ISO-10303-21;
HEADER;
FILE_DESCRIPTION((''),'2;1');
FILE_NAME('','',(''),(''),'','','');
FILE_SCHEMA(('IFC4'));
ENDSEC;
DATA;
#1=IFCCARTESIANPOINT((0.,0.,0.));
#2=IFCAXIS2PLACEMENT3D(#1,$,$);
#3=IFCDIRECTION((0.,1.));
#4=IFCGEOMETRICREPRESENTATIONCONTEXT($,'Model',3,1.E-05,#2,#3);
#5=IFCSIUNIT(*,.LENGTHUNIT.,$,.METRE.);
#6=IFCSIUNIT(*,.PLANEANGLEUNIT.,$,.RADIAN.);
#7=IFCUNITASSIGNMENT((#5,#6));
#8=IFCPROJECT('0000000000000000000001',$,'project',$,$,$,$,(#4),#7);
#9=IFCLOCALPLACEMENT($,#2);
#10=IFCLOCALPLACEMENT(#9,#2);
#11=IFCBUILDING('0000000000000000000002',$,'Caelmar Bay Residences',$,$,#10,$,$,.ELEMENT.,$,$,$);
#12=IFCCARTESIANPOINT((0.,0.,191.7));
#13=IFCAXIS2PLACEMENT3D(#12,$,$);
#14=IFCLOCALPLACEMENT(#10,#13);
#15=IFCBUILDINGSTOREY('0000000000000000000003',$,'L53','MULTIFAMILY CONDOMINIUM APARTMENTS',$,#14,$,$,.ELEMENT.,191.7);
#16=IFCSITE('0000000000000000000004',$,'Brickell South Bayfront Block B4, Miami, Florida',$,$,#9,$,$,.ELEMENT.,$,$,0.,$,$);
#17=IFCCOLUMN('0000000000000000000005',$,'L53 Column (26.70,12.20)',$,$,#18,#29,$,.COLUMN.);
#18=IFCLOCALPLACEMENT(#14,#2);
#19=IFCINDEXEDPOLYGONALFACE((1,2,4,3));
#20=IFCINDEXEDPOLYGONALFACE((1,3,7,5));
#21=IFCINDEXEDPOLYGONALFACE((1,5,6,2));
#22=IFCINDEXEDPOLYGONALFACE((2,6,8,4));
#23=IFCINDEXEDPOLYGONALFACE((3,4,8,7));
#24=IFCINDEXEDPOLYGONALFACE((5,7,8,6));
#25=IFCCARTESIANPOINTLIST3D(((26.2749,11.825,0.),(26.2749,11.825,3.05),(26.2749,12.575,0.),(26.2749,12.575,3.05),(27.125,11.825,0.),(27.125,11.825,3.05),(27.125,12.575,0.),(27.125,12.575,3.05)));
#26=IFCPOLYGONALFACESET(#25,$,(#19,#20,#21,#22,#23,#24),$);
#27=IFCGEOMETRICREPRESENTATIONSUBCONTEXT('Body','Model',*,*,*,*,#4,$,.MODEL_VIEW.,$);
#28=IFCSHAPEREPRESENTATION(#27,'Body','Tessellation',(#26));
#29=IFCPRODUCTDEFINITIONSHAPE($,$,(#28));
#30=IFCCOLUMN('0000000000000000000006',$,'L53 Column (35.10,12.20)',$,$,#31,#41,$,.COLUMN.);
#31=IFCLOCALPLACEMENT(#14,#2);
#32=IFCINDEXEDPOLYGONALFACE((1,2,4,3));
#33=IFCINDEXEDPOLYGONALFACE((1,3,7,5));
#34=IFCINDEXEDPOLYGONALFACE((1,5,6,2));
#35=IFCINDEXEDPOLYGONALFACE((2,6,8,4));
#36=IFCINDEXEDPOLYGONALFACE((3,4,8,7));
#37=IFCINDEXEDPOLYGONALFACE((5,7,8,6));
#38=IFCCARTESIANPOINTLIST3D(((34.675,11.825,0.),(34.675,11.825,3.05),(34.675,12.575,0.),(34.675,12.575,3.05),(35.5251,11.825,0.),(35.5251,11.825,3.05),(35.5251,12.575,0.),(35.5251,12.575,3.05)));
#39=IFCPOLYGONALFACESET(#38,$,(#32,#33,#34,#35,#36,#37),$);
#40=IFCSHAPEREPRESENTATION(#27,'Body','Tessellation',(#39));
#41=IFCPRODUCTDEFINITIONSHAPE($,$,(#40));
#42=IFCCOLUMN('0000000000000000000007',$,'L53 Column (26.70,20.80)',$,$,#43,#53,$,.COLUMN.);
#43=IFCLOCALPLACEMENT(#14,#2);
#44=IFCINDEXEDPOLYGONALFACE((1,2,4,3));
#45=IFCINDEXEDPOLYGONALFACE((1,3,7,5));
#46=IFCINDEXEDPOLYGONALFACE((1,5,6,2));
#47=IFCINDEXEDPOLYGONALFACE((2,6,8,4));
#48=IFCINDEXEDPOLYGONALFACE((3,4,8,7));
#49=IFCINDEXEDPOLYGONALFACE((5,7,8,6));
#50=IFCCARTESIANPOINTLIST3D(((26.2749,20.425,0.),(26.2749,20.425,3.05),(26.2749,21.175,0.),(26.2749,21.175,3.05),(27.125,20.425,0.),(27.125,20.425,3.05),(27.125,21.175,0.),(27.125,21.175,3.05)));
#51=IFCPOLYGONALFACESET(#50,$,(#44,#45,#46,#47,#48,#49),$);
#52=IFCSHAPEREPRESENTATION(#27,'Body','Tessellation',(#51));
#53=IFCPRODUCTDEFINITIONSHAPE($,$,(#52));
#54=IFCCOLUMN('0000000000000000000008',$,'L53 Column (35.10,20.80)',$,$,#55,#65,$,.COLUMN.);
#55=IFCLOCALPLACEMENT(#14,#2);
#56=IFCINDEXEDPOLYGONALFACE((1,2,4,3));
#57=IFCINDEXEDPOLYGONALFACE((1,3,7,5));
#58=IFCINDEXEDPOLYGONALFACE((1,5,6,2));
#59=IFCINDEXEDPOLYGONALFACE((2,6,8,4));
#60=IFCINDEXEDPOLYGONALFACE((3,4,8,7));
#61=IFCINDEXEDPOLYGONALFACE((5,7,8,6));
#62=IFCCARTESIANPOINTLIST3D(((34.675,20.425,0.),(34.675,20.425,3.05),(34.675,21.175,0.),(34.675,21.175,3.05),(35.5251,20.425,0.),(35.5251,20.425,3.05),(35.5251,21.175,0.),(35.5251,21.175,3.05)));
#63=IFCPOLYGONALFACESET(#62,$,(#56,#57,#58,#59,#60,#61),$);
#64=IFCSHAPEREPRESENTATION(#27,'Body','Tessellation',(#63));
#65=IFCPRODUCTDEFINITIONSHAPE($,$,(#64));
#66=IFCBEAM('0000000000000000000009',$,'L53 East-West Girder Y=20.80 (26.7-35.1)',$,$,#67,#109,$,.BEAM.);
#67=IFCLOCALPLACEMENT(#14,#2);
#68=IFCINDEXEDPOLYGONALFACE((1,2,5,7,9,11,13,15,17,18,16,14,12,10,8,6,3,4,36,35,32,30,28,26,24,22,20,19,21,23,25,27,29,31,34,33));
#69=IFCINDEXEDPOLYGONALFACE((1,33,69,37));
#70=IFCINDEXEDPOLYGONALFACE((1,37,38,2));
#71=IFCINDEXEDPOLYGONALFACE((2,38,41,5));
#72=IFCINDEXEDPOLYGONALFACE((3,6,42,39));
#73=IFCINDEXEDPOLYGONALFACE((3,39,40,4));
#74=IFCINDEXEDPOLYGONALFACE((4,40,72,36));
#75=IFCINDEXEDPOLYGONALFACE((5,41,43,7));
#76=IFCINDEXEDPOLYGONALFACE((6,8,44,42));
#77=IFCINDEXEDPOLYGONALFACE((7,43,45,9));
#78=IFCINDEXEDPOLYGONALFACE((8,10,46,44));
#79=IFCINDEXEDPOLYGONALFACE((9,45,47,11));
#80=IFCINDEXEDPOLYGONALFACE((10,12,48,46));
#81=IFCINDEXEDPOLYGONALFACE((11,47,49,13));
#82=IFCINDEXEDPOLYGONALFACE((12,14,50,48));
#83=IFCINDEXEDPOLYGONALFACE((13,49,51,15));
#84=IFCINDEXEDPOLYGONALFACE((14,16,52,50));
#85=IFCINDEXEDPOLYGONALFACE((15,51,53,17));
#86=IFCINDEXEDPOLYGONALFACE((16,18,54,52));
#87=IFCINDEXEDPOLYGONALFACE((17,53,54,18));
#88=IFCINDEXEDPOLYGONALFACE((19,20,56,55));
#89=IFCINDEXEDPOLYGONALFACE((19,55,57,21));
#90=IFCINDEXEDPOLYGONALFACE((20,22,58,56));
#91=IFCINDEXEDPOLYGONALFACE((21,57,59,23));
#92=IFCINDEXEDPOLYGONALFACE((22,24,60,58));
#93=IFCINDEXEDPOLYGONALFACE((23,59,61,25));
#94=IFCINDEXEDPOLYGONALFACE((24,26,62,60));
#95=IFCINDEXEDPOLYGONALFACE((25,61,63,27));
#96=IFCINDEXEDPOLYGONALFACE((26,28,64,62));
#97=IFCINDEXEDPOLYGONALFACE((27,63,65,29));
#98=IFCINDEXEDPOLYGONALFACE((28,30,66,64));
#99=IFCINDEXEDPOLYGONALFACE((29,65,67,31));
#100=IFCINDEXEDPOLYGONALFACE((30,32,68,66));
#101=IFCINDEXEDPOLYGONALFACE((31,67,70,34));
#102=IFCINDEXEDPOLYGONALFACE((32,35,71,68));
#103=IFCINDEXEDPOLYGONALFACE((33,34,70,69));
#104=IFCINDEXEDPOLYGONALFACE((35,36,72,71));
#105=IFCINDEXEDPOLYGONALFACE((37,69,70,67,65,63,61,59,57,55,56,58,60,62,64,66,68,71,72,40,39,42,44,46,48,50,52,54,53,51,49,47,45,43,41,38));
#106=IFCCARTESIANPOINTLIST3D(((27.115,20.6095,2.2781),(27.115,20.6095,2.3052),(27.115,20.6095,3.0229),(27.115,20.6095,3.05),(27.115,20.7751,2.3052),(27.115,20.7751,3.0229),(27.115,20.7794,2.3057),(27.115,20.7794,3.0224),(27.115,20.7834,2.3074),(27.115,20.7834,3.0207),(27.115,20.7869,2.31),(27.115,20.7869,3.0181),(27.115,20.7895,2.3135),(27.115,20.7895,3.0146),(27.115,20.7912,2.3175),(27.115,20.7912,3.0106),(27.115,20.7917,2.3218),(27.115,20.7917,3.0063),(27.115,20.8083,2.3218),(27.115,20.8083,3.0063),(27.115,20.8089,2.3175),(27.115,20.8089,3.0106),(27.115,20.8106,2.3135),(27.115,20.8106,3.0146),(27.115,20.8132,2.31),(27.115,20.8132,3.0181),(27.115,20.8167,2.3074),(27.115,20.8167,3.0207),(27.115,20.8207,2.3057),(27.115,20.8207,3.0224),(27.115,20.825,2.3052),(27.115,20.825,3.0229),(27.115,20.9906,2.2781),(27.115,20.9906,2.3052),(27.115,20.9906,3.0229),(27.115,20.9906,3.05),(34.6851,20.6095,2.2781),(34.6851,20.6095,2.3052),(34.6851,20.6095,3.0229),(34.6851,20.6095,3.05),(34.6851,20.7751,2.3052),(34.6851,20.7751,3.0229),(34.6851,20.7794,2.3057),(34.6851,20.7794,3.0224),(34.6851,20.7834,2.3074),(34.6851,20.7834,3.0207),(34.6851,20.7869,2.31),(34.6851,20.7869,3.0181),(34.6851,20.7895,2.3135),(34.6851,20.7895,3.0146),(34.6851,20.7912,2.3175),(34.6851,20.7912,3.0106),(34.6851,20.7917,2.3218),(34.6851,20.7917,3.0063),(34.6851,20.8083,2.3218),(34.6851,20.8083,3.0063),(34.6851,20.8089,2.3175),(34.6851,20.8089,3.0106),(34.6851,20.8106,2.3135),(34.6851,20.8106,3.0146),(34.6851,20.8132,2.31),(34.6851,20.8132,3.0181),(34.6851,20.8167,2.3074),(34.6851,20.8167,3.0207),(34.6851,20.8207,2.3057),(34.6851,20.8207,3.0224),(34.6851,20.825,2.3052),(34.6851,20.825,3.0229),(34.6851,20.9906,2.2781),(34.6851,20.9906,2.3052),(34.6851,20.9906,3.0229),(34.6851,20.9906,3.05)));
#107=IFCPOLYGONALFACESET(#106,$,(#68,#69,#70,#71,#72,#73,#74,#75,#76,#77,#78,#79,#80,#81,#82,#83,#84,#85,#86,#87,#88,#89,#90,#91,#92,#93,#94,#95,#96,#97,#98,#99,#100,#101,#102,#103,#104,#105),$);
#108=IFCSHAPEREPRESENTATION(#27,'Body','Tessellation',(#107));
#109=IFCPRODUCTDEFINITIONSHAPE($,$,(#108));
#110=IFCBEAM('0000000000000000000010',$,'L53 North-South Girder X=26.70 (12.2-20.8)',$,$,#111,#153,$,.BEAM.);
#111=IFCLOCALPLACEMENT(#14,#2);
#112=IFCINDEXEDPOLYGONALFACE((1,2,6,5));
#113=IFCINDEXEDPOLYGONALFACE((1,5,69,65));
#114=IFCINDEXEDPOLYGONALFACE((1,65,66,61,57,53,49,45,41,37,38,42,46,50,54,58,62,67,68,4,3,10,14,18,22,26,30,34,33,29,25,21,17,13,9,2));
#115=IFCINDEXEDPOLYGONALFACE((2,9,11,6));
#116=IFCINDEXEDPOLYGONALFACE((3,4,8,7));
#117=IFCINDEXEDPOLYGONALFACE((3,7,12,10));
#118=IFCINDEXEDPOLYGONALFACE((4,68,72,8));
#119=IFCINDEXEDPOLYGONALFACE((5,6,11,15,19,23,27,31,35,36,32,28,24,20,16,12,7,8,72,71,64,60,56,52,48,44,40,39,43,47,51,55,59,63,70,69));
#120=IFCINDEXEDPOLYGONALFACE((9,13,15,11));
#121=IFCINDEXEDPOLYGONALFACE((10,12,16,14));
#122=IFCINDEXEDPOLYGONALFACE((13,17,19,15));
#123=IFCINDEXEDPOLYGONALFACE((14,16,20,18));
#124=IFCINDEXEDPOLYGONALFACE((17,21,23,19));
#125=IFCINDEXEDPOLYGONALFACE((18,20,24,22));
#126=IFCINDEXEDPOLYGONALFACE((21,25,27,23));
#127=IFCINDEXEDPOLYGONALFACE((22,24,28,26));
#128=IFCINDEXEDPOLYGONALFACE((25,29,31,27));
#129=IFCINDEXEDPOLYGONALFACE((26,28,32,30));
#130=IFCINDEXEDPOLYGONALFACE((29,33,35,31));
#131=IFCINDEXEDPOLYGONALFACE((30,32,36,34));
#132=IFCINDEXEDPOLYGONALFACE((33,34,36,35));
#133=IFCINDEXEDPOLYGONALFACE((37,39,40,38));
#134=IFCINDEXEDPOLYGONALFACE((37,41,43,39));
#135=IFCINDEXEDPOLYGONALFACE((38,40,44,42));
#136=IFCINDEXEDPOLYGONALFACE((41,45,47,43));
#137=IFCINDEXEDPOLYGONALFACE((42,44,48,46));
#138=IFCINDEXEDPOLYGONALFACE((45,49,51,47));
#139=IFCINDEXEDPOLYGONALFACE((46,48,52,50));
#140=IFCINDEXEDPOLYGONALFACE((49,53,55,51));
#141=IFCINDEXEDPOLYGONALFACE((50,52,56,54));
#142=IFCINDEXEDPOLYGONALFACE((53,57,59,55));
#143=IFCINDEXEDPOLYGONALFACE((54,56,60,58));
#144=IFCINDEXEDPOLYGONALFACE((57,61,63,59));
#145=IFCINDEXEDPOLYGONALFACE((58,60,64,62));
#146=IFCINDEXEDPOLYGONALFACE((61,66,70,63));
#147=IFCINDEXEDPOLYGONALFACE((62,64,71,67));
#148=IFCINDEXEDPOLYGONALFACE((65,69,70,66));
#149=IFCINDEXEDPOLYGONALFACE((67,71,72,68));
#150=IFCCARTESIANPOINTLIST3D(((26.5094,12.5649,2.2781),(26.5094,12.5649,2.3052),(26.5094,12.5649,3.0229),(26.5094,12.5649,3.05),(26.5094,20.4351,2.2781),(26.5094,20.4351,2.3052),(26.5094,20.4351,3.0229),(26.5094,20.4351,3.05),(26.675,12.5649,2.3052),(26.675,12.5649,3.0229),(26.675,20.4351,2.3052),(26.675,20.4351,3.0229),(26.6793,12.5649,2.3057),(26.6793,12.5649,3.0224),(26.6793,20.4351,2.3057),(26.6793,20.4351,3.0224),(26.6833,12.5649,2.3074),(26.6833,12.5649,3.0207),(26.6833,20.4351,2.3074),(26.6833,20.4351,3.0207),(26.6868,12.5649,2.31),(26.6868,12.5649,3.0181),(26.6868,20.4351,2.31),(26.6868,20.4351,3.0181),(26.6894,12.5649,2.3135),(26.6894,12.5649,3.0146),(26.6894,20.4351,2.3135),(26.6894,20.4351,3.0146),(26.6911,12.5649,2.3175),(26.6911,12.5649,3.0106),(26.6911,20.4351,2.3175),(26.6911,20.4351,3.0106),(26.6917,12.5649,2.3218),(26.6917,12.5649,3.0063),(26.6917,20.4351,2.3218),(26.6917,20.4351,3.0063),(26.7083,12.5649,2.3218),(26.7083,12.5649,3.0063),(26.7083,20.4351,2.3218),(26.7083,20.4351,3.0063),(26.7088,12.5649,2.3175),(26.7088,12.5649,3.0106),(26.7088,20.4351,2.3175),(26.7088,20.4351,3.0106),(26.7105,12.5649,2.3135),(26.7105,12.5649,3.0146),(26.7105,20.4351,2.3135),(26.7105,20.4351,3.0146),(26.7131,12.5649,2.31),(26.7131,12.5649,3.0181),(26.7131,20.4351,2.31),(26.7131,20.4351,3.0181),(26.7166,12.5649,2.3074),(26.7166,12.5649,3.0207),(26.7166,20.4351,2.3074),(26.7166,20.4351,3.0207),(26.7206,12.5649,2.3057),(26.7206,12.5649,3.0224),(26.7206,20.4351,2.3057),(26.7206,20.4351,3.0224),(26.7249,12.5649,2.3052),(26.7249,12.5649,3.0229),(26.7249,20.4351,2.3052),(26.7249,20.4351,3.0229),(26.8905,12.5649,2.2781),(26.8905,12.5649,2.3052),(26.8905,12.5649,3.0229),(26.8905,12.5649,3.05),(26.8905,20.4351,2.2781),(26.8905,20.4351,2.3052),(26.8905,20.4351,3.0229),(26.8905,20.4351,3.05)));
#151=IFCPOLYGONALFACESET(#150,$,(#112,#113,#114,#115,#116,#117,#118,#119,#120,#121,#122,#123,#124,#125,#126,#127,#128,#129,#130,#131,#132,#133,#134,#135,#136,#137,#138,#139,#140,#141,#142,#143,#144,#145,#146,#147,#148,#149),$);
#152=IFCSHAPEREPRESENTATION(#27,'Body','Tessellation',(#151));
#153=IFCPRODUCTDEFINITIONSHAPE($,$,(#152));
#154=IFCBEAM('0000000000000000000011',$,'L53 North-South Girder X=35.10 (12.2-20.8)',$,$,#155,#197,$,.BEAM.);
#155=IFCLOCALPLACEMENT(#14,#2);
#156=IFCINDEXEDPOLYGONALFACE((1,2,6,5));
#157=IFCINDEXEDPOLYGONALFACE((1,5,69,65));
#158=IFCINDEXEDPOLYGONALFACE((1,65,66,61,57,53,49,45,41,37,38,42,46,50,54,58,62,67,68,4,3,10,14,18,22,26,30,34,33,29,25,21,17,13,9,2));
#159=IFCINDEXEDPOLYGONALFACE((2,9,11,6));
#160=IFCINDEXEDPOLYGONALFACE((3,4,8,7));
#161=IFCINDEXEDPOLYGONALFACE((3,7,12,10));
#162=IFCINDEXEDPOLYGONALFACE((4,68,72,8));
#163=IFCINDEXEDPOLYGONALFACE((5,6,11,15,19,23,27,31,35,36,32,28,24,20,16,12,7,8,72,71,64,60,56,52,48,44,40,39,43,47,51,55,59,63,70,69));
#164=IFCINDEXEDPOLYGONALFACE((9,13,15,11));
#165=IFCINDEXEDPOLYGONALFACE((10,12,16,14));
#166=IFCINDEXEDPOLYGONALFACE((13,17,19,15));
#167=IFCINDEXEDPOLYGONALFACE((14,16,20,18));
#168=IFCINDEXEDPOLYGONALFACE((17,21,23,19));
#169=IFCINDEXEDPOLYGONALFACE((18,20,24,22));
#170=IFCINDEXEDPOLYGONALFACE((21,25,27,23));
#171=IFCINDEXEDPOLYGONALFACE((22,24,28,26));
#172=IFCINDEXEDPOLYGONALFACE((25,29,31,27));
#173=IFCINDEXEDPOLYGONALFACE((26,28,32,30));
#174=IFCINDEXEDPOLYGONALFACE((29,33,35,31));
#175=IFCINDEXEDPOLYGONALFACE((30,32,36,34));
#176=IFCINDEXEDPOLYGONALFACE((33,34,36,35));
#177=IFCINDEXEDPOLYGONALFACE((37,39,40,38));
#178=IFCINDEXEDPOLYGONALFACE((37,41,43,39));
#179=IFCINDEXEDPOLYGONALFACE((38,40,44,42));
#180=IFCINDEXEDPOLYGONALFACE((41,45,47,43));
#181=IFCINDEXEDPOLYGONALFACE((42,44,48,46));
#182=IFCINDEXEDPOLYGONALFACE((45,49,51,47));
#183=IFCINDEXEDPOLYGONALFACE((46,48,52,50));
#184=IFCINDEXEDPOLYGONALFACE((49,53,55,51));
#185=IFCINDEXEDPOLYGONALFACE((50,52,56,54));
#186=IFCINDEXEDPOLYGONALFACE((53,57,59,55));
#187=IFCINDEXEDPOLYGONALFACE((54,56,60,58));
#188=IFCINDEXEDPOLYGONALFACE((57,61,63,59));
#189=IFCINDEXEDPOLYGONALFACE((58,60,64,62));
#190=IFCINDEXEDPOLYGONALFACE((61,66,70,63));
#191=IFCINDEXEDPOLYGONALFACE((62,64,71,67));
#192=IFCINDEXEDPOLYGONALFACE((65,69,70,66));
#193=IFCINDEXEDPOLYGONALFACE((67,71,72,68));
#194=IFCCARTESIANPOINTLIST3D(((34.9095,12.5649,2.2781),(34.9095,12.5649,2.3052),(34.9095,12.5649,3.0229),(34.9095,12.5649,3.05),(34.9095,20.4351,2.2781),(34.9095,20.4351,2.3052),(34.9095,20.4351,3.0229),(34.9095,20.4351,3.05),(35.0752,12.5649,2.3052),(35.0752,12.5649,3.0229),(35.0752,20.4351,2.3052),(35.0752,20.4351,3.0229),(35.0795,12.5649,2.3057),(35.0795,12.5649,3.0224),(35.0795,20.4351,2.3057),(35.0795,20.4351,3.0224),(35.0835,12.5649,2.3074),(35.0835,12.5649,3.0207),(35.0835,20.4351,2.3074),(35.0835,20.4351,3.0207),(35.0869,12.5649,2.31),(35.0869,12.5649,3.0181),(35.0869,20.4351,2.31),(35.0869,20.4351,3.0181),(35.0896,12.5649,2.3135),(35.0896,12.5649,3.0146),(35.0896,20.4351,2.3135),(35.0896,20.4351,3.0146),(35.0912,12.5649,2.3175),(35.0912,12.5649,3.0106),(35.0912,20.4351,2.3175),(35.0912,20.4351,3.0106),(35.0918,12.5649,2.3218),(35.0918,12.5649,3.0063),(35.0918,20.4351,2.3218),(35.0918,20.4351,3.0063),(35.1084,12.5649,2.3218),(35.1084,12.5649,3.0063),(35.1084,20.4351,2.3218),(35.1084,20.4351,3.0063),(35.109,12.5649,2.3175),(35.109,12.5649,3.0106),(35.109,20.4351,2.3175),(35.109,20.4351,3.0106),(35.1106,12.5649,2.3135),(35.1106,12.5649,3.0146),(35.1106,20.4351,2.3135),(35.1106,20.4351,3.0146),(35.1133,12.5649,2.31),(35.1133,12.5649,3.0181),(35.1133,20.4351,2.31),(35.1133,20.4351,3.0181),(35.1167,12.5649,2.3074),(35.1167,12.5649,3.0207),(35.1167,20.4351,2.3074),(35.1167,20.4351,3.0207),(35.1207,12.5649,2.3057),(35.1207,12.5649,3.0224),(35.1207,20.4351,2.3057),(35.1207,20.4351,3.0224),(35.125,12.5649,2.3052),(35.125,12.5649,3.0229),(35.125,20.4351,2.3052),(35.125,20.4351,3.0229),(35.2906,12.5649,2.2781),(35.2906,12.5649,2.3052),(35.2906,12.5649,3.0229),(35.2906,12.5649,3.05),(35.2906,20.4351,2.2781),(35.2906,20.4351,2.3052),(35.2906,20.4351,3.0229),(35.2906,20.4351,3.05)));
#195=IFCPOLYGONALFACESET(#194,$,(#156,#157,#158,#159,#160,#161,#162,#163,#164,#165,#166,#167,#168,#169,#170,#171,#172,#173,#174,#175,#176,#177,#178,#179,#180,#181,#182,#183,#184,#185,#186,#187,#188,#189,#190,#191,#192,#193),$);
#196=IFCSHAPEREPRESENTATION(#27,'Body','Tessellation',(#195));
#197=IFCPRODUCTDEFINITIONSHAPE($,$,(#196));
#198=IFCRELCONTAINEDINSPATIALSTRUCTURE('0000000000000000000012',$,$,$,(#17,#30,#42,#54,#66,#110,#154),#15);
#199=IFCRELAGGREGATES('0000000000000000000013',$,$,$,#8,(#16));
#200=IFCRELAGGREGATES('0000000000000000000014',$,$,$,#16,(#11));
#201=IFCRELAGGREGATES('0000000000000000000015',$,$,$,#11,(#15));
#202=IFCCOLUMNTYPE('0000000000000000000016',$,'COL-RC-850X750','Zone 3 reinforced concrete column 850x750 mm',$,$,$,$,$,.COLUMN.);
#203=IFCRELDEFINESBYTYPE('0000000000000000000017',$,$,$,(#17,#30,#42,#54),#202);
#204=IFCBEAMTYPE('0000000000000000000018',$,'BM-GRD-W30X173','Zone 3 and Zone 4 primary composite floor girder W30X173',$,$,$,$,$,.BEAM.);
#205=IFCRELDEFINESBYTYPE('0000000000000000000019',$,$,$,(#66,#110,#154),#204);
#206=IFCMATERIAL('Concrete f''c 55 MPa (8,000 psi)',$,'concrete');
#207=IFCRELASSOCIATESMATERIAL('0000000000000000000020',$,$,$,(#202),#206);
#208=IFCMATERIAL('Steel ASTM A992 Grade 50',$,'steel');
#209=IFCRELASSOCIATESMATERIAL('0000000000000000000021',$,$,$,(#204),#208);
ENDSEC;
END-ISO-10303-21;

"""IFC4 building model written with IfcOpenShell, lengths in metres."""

from ifc_helpers import new_model, si_unit, direction, frame, origin, origin_2d, place, context, subcontext, project, spatial, rectangle, i_section, extrude, material, material_profile, profile_set, type_object, element, save


model = new_model("IFC4")

# Units and contexts
model_context = context("Model", 3, precision=1e-05, world=origin(), true_north=direction((0.0, 1.0)))
body_context = subcontext(model_context, "Body", "Model", "MODEL_VIEW")
ifc_project = project(units=[si_unit("LENGTHUNIT", "METRE"), si_unit("PLANEANGLEUNIT", "RADIAN")], contexts=[model_context])

# Site, building, storey
site_placement = place(None, origin())
site = spatial("IfcSite", under=ifc_project, at=site_placement, Name="Brickell South Bayfront Block B4, Miami, Florida", CompositionType="ELEMENT", RefElevation=0.0)
building_placement = place(site_placement, origin())
building = spatial("IfcBuilding", under=site, at=building_placement, Name="Caelmar Bay Residences", CompositionType="ELEMENT")
storey_placement = place(building_placement, frame((0.0, 0.0, 191.7)))
storey = spatial("IfcBuildingStorey", under=building, at=storey_placement, Name="L53", Description="MULTIFAMILY CONDOMINIUM APARTMENTS", CompositionType="ELEMENT", Elevation=191.7)

# Columns
ifc_material_1 = material(Name="Concrete f'c 55 MPa (8,000 psi)", Category="concrete")
ifc_material_profile_1 = material_profile(ifc_material_1, rectangle(XDim=0.8501, YDim=0.75, at=origin_2d()), Name="RC-COL-850X750")
ifc_profile_set_1 = profile_set([ifc_material_profile_1], Name="Concrete f'c 55 MPa (8,000 psi)")
column_type = type_object("IfcColumnType", Name="COL-RC-850X750", Description="Zone 3 reinforced concrete column 850x750 mm", PredefinedType="COLUMN", material=ifc_profile_set_1)
for number, where, z_axis, x_axis, name in (
    (1, (26.7, 12.2, 0.0), (0.0, 0.0, 1.0), (1.0, 0.0, 0.0), "L53 Column (26.70,12.20)"),
    (2, (35.1001, 12.2, 0.0), (0.0, 0.0, 1.0), (1.0, 0.0, 0.0), "L53 Column (35.10,12.20)"),
    (3, (26.7, 20.8, 0.0), (0.0, 0.0, 1.0), (1.0, 0.0, 0.0), "L53 Column (26.70,20.80)"),
    (4, (35.1001, 20.8, 0.0), (0.0, 0.0, 1.0), (1.0, 0.0, 0.0), "L53 Column (35.10,20.80)"),
):
    element("IfcColumn", number, at=place(storey_placement, frame(where, z_axis=z_axis, x_axis=x_axis)), inside=storey, type_object=column_type, Name=name, PredefinedType="COLUMN", context=body_context, shape_type="SweptSolid", body=[
        extrude(rectangle(XDim=0.8501, YDim=0.75, at=origin_2d()), origin(), (0.0, 0.0, 1.0), 3.05),
    ])

# Beams
ifc_material_2 = material(Name="Steel ASTM A992 Grade 50", Category="steel")
ifc_material_profile_2 = material_profile(ifc_material_2, i_section(OverallWidth=0.3811, OverallDepth=0.772, WebThickness=0.0166, FlangeThickness=0.0271, FilletRadius=0.0166, at=origin_2d()), Name="W30X173")
ifc_profile_set_2 = profile_set([ifc_material_profile_2], Name="Steel ASTM A992 Grade 50")
beam_type_1 = type_object("IfcBeamType", Name="BM-GRD-W30X173", Description="Zone 3 and Zone 4 primary composite floor girder W30X173", PredefinedType="BEAM", material=ifc_profile_set_2)
beam_1_placement = place(storey_placement, frame((27.115, 20.8, 2.6641), z_axis=(1.0, 0.0, 0.0), x_axis=(0.0, 1.0, 0.0)))
element("IfcBeam", 5, at=beam_1_placement, inside=storey, type_object=beam_type_1, Name="L53 East-West Girder Y=20.80 (26.7-35.1)", PredefinedType="BEAM", context=body_context, shape_type="SweptSolid", body=[
    extrude(i_section(OverallWidth=0.3811, OverallDepth=0.772, WebThickness=0.0166, FlangeThickness=0.0271, FilletRadius=0.0166, at=origin_2d()), origin(), (0.0, 0.0, 1.0), 7.5701),
])
for number, where, z_axis, x_axis, name in (
    (6, (26.7, 12.5649, 2.6641), (0.0, 1.0, 0.0), (-1.0, 0.0, 0.0), "L53 North-South Girder X=26.70 (12.2-20.8)"),
    (7, (35.1001, 12.5649, 2.6641), (0.0, 1.0, 0.0), (-1.0, 0.0, 0.0), "L53 North-South Girder X=35.10 (12.2-20.8)"),
):
    element("IfcBeam", number, at=place(storey_placement, frame(where, z_axis=z_axis, x_axis=x_axis)), inside=storey, type_object=beam_type_1, Name=name, PredefinedType="BEAM", context=body_context, shape_type="SweptSolid", body=[
        extrude(i_section(OverallWidth=0.3811, OverallDepth=0.772, WebThickness=0.0166, FlangeThickness=0.0271, FilletRadius=0.0166, at=origin_2d()), origin(), (0.0, 0.0, 1.0), 7.8701),
    ])

save(model, "model.ifc")
